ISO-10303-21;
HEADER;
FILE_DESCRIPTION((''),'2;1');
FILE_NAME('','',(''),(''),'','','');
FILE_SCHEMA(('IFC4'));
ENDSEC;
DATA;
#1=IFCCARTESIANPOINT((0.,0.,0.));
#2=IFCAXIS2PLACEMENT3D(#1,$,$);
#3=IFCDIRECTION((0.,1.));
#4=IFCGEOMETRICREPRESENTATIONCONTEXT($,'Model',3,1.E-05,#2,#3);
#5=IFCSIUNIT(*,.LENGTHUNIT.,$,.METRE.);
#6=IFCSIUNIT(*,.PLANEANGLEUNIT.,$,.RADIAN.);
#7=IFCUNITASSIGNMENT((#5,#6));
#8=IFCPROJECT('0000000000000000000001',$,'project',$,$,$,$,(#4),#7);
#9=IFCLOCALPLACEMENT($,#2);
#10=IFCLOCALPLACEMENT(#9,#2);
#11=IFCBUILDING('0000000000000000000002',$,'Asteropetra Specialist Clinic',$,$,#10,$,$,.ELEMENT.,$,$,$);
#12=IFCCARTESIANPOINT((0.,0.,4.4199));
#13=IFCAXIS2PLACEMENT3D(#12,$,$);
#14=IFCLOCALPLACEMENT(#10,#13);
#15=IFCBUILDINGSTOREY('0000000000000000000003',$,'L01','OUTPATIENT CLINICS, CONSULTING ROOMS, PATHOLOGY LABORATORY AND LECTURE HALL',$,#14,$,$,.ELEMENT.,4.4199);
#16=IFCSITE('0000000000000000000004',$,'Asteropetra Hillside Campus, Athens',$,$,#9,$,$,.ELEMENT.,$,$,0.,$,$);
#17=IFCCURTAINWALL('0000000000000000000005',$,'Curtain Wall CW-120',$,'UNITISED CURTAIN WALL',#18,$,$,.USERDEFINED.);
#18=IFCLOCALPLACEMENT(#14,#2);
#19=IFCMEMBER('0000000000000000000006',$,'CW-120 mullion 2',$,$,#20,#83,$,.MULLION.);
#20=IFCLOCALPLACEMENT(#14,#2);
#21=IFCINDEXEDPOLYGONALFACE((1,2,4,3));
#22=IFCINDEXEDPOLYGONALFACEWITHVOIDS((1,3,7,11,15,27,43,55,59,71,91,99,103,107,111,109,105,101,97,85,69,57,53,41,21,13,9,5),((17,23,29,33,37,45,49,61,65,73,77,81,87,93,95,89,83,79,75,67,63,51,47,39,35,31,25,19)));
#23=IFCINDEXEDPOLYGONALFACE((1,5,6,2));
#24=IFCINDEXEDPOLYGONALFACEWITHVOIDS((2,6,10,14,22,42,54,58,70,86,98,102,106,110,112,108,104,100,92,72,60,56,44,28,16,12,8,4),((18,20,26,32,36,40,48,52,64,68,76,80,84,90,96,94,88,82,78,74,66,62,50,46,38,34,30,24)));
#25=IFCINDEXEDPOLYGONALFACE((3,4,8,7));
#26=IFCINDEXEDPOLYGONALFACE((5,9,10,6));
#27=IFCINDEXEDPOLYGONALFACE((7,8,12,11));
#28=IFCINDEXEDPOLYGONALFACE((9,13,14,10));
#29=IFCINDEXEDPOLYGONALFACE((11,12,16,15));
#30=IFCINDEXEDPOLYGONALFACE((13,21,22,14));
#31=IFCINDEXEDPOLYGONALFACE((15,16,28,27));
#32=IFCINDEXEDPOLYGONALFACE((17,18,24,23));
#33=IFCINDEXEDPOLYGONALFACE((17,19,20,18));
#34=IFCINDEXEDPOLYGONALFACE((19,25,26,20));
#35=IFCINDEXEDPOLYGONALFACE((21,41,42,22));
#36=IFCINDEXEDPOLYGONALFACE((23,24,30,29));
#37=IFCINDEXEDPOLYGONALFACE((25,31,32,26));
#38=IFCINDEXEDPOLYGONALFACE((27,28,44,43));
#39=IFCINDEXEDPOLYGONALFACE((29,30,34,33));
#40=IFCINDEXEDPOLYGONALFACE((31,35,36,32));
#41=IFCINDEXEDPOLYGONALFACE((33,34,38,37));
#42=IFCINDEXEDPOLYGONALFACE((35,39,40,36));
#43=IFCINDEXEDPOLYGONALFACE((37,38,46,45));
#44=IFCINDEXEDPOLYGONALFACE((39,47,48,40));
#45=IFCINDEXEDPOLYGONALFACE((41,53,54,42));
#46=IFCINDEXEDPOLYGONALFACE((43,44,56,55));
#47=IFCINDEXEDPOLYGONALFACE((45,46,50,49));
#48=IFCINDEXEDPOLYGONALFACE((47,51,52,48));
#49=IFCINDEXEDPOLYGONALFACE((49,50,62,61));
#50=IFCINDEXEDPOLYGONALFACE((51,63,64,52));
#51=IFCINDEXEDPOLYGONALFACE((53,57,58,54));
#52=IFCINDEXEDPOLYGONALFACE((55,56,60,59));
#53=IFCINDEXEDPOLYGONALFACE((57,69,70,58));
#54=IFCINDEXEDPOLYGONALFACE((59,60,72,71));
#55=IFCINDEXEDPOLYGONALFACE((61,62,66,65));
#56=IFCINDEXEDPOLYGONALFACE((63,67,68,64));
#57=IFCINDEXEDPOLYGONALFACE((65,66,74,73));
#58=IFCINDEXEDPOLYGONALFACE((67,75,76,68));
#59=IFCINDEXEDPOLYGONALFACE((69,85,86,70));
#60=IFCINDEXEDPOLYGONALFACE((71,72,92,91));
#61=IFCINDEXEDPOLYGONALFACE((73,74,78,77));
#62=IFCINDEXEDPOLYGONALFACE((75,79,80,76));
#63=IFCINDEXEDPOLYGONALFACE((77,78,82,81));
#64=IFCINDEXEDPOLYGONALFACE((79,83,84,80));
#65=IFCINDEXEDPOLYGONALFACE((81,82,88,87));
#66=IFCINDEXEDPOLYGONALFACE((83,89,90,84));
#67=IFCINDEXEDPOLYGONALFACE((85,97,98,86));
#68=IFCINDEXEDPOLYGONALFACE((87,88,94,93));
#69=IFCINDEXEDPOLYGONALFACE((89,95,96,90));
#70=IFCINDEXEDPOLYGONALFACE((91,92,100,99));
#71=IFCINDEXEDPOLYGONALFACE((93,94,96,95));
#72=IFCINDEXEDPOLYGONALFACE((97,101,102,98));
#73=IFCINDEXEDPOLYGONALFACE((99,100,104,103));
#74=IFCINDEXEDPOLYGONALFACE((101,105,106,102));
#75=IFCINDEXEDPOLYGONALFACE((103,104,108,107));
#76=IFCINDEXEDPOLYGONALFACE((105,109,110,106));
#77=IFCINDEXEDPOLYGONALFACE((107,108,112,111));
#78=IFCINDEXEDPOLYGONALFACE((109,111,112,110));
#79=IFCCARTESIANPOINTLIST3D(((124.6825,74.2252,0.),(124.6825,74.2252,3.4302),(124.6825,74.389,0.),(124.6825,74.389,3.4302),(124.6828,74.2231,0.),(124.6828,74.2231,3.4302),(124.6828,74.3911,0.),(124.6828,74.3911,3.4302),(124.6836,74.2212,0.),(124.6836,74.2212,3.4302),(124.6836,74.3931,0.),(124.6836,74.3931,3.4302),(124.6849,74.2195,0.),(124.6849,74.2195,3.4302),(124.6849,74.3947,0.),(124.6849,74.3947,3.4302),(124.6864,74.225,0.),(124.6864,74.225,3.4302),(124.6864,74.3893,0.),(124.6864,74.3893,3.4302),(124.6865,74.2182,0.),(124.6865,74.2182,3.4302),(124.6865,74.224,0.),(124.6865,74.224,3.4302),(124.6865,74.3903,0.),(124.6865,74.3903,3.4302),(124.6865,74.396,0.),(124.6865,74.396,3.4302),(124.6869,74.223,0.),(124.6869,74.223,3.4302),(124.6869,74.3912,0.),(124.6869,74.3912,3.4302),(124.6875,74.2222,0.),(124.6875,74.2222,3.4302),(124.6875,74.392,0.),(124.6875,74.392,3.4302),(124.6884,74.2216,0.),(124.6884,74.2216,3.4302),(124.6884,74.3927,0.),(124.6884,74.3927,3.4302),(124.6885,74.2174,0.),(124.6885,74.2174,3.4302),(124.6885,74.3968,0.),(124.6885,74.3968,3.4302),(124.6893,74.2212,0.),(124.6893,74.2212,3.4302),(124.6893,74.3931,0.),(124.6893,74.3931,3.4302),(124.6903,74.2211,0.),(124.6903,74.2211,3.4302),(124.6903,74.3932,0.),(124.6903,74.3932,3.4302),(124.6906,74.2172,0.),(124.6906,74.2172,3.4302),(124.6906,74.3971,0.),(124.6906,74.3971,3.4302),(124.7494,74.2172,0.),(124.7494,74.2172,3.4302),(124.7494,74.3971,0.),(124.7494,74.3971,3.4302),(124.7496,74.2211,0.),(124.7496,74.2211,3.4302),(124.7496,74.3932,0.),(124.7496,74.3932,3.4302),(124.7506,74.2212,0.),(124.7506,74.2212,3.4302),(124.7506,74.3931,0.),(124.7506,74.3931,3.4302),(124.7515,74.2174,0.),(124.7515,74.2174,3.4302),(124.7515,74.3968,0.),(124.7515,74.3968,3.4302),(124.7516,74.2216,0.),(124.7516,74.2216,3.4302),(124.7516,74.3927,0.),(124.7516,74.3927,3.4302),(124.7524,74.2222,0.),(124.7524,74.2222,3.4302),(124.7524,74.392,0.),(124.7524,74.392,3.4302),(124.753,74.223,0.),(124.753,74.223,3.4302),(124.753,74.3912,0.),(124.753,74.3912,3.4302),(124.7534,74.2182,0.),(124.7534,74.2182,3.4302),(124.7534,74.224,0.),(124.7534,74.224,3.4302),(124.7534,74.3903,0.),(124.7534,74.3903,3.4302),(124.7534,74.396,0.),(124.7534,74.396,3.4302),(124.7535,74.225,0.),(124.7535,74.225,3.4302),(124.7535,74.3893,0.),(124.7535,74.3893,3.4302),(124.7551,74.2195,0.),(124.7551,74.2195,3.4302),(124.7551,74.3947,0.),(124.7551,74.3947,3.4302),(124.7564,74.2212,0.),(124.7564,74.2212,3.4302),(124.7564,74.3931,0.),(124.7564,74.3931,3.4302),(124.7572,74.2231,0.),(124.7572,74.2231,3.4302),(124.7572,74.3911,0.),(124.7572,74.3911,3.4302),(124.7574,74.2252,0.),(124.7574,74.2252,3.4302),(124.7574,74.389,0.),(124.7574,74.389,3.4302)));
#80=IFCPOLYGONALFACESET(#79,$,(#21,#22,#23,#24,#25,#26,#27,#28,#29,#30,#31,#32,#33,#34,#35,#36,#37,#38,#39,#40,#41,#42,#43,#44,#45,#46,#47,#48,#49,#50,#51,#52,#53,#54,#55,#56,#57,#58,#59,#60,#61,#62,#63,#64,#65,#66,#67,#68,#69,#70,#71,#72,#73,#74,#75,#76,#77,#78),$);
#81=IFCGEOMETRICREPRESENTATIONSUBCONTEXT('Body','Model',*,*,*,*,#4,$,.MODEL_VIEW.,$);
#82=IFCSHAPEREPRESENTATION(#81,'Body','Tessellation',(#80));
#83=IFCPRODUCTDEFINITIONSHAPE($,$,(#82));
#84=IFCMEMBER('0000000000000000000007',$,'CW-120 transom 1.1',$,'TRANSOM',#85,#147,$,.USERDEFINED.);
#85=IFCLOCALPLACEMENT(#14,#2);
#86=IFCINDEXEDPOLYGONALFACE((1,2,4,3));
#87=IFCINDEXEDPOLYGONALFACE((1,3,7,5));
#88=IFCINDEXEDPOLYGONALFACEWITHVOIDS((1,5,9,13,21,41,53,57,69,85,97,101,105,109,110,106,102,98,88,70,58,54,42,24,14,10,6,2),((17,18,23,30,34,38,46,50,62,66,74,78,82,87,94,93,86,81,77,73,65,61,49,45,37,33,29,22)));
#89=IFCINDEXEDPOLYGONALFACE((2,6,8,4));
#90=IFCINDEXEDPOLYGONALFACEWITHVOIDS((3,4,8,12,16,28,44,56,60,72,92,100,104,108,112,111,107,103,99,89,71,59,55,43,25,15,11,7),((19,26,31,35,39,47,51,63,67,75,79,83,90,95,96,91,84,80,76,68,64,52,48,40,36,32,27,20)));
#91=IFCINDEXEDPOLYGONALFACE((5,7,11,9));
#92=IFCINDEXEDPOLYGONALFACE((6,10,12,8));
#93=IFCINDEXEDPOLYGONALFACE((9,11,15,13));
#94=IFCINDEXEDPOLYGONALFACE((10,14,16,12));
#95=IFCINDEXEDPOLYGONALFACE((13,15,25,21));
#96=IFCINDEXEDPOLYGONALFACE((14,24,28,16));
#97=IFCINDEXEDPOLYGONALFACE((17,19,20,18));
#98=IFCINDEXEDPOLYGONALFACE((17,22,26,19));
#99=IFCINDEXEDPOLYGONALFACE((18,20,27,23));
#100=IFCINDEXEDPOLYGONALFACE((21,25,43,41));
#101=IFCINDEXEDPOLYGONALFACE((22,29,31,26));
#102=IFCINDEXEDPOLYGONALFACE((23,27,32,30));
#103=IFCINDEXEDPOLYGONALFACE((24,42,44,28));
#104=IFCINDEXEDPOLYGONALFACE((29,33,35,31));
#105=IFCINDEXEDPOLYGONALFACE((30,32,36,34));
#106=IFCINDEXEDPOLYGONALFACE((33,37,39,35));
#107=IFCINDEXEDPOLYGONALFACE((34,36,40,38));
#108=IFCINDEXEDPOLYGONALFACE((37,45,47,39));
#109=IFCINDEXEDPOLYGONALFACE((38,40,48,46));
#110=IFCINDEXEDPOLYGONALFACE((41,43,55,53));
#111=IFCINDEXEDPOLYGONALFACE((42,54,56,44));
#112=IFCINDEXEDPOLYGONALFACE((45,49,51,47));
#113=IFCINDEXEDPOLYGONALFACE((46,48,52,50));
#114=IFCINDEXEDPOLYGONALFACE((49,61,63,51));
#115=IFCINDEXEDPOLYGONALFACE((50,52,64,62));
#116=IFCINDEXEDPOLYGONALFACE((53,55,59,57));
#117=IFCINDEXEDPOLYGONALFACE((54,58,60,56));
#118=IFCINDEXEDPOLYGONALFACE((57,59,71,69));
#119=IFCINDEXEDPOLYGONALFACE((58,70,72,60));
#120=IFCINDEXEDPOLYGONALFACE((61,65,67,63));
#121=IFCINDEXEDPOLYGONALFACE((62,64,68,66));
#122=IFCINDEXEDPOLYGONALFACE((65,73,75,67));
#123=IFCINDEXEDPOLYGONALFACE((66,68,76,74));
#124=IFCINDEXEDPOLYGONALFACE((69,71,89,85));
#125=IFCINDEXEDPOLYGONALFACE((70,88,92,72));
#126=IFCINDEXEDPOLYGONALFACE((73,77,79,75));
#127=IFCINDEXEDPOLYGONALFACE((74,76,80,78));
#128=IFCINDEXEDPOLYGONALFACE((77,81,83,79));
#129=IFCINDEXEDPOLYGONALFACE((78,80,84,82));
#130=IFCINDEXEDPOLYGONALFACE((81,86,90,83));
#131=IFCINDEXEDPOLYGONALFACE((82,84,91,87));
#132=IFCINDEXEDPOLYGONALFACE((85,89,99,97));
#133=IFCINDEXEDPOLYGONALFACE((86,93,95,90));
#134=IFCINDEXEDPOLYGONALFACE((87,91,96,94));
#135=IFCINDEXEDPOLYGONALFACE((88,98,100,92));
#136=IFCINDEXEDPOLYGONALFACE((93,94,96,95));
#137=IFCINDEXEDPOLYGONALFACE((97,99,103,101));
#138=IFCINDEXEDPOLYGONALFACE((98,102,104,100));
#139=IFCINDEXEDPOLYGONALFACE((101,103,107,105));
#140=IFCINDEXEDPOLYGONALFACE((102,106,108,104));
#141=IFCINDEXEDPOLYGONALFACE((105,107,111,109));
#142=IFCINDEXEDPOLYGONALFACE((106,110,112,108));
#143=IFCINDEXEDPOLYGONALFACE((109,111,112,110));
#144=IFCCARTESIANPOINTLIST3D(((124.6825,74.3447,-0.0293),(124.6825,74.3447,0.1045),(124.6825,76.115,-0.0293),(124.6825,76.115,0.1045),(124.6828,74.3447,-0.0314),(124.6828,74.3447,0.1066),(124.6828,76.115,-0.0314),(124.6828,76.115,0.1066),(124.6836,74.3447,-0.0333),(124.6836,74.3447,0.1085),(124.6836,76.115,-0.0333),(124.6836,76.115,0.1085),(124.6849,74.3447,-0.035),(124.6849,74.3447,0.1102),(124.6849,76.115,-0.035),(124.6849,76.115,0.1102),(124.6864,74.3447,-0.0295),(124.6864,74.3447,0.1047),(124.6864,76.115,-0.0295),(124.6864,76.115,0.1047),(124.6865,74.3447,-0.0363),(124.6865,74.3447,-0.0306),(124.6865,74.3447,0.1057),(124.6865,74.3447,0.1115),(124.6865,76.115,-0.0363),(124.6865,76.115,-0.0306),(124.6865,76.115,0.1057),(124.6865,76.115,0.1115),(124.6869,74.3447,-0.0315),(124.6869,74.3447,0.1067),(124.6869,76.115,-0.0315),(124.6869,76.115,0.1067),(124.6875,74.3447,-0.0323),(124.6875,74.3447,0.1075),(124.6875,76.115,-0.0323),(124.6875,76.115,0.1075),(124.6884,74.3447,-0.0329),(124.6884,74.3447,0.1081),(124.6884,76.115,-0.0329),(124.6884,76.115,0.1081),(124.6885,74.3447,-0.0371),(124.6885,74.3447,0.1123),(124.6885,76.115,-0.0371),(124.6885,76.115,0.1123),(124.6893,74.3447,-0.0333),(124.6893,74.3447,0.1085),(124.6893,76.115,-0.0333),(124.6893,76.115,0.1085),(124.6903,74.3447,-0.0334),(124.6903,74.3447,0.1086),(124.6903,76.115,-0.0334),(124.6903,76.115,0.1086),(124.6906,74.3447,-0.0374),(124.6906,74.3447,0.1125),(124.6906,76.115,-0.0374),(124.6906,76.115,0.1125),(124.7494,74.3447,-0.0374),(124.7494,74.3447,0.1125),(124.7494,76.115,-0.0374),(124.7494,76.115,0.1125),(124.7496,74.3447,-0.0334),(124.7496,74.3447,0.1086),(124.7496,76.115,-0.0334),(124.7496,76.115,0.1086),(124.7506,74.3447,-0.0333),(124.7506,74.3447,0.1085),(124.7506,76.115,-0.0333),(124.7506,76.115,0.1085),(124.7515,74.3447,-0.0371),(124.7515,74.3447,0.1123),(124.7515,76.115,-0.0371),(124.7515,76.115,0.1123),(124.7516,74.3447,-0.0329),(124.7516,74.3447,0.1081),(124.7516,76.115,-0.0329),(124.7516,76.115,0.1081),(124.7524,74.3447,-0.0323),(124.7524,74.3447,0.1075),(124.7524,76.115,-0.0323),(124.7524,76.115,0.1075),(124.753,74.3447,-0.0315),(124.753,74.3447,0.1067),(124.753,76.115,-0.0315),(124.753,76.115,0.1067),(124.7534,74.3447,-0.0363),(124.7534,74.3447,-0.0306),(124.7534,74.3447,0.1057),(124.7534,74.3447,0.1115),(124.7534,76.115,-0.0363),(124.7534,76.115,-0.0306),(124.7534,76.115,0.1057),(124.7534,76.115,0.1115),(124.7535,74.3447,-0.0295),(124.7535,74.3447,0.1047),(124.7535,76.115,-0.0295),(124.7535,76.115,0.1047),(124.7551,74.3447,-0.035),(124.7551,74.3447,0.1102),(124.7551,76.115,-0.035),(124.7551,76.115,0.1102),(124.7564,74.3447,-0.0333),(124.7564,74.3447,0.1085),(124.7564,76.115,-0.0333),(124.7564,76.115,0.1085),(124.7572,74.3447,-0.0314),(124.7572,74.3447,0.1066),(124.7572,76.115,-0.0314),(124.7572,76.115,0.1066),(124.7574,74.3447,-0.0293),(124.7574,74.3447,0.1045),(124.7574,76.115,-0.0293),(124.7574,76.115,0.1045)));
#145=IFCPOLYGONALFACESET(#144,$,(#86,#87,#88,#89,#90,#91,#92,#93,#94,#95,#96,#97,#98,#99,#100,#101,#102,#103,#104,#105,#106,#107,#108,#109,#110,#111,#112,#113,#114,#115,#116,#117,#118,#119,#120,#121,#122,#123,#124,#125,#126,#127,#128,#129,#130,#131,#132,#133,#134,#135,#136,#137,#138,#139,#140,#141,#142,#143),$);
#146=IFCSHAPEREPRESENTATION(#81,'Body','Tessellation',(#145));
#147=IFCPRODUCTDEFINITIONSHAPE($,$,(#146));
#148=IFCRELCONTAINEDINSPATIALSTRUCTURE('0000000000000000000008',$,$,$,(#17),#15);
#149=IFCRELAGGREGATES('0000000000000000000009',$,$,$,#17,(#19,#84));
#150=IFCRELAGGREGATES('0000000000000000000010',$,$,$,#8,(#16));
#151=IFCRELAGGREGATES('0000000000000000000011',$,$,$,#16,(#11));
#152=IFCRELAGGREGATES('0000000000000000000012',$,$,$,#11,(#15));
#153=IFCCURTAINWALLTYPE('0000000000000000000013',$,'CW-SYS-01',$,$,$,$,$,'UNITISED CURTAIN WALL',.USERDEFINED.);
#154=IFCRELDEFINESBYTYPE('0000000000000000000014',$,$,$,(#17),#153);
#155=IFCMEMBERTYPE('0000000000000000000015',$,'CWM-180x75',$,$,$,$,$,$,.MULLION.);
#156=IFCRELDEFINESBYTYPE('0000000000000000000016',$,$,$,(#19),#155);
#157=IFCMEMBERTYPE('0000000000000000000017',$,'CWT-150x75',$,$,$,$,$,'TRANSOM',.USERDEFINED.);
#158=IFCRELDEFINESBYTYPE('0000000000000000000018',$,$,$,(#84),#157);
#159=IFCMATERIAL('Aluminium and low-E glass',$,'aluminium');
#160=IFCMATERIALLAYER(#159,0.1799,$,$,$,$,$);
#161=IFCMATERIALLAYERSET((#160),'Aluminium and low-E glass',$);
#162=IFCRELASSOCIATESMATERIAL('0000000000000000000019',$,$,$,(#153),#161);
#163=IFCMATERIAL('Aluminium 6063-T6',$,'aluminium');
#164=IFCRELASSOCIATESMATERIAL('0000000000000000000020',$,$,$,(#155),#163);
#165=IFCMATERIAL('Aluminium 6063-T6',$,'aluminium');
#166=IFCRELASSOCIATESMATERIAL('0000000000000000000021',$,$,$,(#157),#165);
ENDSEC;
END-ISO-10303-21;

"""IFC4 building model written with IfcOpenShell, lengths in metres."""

from ifc_helpers import new_model, si_unit, direction, frame, origin, origin_2d, place, context, subcontext, project, spatial, hollow_rectangle, extrude, material, layer, layer_set, material_profile, profile_set, type_object, element, aggregate, save


model = new_model("IFC4")

# Units and contexts
model_context = context("Model", 3, precision=1e-05, world=origin(), true_north=direction((0.0, 1.0)))
body_context = subcontext(model_context, "Body", "Model", "MODEL_VIEW")
ifc_project = project(units=[si_unit("LENGTHUNIT", "METRE"), si_unit("PLANEANGLEUNIT", "RADIAN")], contexts=[model_context])

# Site, building, storey
site_placement = place(None, origin())
site = spatial("IfcSite", under=ifc_project, at=site_placement, Name="Asteropetra Hillside Campus, Athens", CompositionType="ELEMENT", RefElevation=0.0)
building_placement = place(site_placement, origin())
building = spatial("IfcBuilding", under=site, at=building_placement, Name="Asteropetra Specialist Clinic", CompositionType="ELEMENT")
storey_placement = place(building_placement, frame((0.0, 0.0, 4.4199)))
storey = spatial("IfcBuildingStorey", under=building, at=storey_placement, Name="L01", Description="OUTPATIENT CLINICS, CONSULTING ROOMS, PATHOLOGY LABORATORY AND LECTURE HALL", CompositionType="ELEMENT", Elevation=4.4199)

# Curtain wall, members
ifc_material_1 = material(Name="Aluminium and low-E glass", Category="aluminium")
ifc_layer_1 = layer(ifc_material_1, 0.1799)
ifc_layer_set_1 = layer_set([ifc_layer_1], Name="Aluminium and low-E glass")
curtain_wall_type = type_object("IfcCurtainWallType", Name="CW-SYS-01", ElementType="UNITISED CURTAIN WALL", PredefinedType="USERDEFINED", material=ifc_layer_set_1)
curtain_wall_placement = place(storey_placement, origin())
curtain_wall = element("IfcCurtainWall", 1, at=curtain_wall_placement, inside=storey, type_object=curtain_wall_type, Name="Curtain Wall CW-120", ObjectType="UNITISED CURTAIN WALL", PredefinedType="USERDEFINED")
ifc_material_2 = material(Name="Aluminium 6063-T6", Category="aluminium")
ifc_material_profile_1 = material_profile(ifc_material_2, hollow_rectangle(XDim=0.075, YDim=0.1799, WallThickness=0.0039, InnerFilletRadius=0.0039, OuterFilletRadius=0.0081, at=origin_2d()), Name="MUL 180x75x4.0")
ifc_profile_set_1 = profile_set([ifc_material_profile_1], Name="Aluminium 6063-T6")
member_type_1 = type_object("IfcMemberType", Name="CWM-180x75", PredefinedType="MULLION", material=ifc_profile_set_1)
member_1_placement = place(storey_placement, frame((124.72, 74.3071, 0.0), z_axis=(0.0, 0.0, 1.0), x_axis=(1.0, 0.0, 0.0)))
member_1 = element("IfcMember", 2, at=member_1_placement, type_object=member_type_1, Name="CW-120 mullion 2", PredefinedType="MULLION", context=body_context, shape_type="SweptSolid", body=[
    extrude(hollow_rectangle(XDim=0.075, YDim=0.1799, WallThickness=0.0039, InnerFilletRadius=0.0039, OuterFilletRadius=0.0081, at=origin_2d()), origin(), (0.0, 0.0, 1.0), 3.4302),
])
ifc_material_3 = material(Name="Aluminium 6063-T6", Category="aluminium")
ifc_material_profile_2 = material_profile(ifc_material_3, hollow_rectangle(XDim=0.075, YDim=0.1499, WallThickness=0.0039, InnerFilletRadius=0.0039, OuterFilletRadius=0.0081, at=origin_2d()), Name="TRN 150x75x4.0")
ifc_profile_set_2 = profile_set([ifc_material_profile_2], Name="Aluminium 6063-T6")
member_type_2 = type_object("IfcMemberType", Name="CWT-150x75", ElementType="TRANSOM", PredefinedType="USERDEFINED", material=ifc_profile_set_2)
member_2_placement = place(storey_placement, frame((124.72, 76.115, 0.0376), z_axis=(0.0, -1.0, 0.0), x_axis=(1.0, 0.0, 0.0)))
member_2 = element("IfcMember", 3, at=member_2_placement, type_object=member_type_2, Name="CW-120 transom 1.1", ObjectType="TRANSOM", PredefinedType="USERDEFINED", context=body_context, shape_type="SweptSolid", body=[
    extrude(hollow_rectangle(XDim=0.075, YDim=0.1499, WallThickness=0.0039, InnerFilletRadius=0.0039, OuterFilletRadius=0.0081, at=origin_2d()), origin(), (0.0, 0.0, 1.0), 1.7703),
])

aggregate(curtain_wall, [member_1, member_2])

save(model, "model.ifc")
